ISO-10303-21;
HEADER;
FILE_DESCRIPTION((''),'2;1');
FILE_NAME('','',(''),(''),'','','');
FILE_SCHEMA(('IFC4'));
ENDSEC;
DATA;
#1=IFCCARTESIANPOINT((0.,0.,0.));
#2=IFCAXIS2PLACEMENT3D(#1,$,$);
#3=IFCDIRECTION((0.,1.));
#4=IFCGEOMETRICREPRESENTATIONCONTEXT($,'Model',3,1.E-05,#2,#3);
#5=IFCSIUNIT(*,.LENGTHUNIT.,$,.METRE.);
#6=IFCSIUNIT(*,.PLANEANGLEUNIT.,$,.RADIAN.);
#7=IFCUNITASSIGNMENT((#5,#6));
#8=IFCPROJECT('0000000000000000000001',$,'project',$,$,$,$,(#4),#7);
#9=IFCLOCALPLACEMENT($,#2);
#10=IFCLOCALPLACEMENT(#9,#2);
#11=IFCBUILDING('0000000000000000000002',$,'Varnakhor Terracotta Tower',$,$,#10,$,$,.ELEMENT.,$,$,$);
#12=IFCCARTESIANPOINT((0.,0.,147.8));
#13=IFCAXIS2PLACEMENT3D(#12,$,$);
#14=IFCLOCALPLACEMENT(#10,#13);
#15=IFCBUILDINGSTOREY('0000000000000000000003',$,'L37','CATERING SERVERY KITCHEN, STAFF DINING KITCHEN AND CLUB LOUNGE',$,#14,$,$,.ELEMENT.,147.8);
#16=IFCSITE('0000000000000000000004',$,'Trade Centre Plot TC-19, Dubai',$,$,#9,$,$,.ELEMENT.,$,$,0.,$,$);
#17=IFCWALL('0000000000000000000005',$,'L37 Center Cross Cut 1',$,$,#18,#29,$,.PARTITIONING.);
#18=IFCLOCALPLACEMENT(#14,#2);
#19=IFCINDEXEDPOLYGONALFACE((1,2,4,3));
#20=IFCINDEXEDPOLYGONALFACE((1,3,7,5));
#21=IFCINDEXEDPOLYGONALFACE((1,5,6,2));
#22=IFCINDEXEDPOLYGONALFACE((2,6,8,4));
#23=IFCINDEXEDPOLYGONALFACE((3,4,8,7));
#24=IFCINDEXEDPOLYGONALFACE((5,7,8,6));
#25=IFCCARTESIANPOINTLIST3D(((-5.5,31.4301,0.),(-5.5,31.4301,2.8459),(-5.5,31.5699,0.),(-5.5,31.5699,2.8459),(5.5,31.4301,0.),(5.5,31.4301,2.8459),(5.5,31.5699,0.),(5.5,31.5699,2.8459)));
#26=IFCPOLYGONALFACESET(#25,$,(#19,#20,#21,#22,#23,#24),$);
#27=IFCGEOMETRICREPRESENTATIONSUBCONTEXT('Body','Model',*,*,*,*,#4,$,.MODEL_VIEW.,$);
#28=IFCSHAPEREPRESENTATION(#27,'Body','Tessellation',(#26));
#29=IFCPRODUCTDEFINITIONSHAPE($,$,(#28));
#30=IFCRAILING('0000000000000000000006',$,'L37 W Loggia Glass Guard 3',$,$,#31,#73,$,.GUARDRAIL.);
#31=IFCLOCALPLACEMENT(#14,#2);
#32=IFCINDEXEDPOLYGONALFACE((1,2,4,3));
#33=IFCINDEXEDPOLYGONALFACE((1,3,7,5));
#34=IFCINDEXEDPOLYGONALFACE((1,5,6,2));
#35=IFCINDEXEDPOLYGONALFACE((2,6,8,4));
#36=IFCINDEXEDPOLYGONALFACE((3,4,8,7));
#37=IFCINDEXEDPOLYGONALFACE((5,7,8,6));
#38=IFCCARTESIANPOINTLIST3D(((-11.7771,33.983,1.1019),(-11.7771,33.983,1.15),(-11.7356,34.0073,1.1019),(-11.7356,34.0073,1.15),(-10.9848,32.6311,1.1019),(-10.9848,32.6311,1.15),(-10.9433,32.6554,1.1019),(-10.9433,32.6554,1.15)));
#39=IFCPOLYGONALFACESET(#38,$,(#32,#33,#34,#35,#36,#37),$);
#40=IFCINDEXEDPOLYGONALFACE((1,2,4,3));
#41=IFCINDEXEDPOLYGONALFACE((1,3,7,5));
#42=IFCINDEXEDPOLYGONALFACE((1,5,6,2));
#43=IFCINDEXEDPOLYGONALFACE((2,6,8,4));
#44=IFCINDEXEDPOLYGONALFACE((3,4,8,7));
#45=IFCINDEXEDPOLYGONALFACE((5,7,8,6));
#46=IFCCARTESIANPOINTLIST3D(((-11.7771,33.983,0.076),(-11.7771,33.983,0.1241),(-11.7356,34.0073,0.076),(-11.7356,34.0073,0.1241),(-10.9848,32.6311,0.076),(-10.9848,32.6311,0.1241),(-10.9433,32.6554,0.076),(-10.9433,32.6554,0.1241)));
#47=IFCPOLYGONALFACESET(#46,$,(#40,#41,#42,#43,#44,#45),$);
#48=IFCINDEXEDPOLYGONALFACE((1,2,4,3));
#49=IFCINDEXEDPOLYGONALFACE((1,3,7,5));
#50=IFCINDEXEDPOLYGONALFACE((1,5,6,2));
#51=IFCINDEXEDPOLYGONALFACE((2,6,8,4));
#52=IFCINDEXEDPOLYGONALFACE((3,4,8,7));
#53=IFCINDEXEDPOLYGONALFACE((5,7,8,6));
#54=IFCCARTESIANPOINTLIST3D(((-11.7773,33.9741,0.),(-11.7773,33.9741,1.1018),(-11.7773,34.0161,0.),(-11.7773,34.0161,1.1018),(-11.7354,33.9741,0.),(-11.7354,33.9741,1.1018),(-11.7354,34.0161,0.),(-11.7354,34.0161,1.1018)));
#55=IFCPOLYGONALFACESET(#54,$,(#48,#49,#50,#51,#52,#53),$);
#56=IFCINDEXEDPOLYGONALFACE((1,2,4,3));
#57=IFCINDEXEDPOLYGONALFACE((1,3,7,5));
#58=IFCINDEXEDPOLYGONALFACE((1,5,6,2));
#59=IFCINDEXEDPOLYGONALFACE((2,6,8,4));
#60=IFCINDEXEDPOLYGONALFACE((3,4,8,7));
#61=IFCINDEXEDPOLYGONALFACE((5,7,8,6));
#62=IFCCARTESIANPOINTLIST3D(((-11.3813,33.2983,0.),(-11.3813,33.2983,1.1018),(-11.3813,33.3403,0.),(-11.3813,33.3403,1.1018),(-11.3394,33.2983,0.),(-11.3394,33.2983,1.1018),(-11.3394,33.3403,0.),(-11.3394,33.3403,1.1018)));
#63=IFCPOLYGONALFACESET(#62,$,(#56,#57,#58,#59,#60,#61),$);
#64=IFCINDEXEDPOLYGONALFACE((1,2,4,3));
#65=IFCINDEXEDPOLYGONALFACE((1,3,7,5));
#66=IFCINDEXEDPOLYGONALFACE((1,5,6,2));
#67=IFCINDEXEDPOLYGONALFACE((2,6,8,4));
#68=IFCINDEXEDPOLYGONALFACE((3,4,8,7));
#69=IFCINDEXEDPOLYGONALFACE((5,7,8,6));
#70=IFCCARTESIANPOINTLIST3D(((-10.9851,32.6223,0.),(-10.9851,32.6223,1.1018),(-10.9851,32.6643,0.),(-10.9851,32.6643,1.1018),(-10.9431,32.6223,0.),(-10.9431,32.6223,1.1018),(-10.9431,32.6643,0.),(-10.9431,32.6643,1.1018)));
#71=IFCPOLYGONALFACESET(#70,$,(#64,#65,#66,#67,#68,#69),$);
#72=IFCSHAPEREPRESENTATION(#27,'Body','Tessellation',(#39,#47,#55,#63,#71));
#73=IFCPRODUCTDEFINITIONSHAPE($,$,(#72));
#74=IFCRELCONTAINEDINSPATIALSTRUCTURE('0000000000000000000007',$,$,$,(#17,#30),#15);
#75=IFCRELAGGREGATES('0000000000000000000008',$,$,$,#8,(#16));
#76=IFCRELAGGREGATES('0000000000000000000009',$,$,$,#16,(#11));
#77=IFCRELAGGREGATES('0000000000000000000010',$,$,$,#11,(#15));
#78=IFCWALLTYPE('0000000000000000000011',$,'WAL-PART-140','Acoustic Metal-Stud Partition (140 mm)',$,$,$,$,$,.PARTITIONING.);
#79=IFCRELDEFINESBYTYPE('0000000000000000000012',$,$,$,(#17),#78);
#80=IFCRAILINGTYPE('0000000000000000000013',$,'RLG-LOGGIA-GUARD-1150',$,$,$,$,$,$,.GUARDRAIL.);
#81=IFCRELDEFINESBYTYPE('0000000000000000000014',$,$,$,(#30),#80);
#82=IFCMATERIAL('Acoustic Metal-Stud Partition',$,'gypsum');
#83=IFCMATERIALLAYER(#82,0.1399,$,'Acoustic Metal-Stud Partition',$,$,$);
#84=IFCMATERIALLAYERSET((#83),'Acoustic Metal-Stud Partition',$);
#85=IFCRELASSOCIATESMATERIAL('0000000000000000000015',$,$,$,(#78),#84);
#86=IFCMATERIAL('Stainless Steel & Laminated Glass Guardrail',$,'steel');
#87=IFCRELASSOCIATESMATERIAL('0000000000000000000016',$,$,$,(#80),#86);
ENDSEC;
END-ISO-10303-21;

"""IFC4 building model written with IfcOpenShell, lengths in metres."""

from ifc_helpers import new_model, si_unit, direction, frame, frame_2d, origin, origin_2d, place, context, subcontext, project, spatial, rectangle, extrude, material, layer, layer_set, type_object, element, save


model = new_model("IFC4")

# Units and contexts
model_context = context("Model", 3, precision=1e-05, world=origin(), true_north=direction((0.0, 1.0)))
body_context = subcontext(model_context, "Body", "Model", "MODEL_VIEW")
ifc_project = project(units=[si_unit("LENGTHUNIT", "METRE"), si_unit("PLANEANGLEUNIT", "RADIAN")], contexts=[model_context])

# Site, building, storey
site_placement = place(None, origin())
site = spatial("IfcSite", under=ifc_project, at=site_placement, Name="Trade Centre Plot TC-19, Dubai", CompositionType="ELEMENT", RefElevation=0.0)
building_placement = place(site_placement, origin())
building = spatial("IfcBuilding", under=site, at=building_placement, Name="Varnakhor Terracotta Tower", CompositionType="ELEMENT")
storey_placement = place(building_placement, frame((0.0, 0.0, 147.8)))
storey = spatial("IfcBuildingStorey", under=building, at=storey_placement, Name="L37", Description="CATERING SERVERY KITCHEN, STAFF DINING KITCHEN AND CLUB LOUNGE", CompositionType="ELEMENT", Elevation=147.8)

# Shared definitions
ifc_material_1 = material(Name="Acoustic Metal-Stud Partition", Category="gypsum")
ifc_layer_1 = layer(ifc_material_1, 0.1399, Name="Acoustic Metal-Stud Partition")
ifc_layer_set_1 = layer_set([ifc_layer_1], Name="Acoustic Metal-Stud Partition")
wall_type_1 = type_object("IfcWallType", Name="WAL-PART-140", Description="Acoustic Metal-Stud Partition (140 mm)", PredefinedType="PARTITIONING", material=ifc_layer_set_1)

# Wall
wall_1_placement = place(storey_placement, frame((-5.5, 31.5, 0.0), z_axis=(0.0, 0.0, 1.0), x_axis=(1.0, 0.0, 0.0)))
element("IfcWall", 1, at=wall_1_placement, inside=storey, type_object=wall_type_1, Name="L37 Center Cross Cut 1", PredefinedType="PARTITIONING", context=body_context, shape_type="SweptSolid", body=[
    extrude(rectangle(XDim=11.0, YDim=0.1399, at=frame_2d((5.5, 0.0))), origin(), (0.0, 0.0, 1.0), 2.8459),
])

# Railing
ifc_material_2 = material(Name="Stainless Steel & Laminated Glass Guardrail", Category="steel")
railing_type = type_object("IfcRailingType", Name="RLG-LOGGIA-GUARD-1150", PredefinedType="GUARDRAIL", material=ifc_material_2)
railing_placement = place(storey_placement, frame((-11.7563, 33.9951, 0.0)))
element("IfcRailing", 2, at=railing_placement, inside=storey, type_object=railing_type, Name="L37 W Loggia Glass Guard 3", PredefinedType="GUARDRAIL", context=body_context, shape_type="SweptSolid", body=[
    extrude(rectangle(XDim=0.0481, YDim=0.0481, at=origin_2d()), frame((0.0, 0.0, 1.126), z_axis=(0.505624, -0.862754, 0.0), x_axis=(0.862754, 0.505624, 0.0)), (0.0, 0.0, 1.0), 1.5669),
    extrude(rectangle(XDim=0.0481, YDim=0.0481, at=origin_2d()), frame((0.0, 0.0, 0.1001), z_axis=(0.505624, -0.862754, 0.0), x_axis=(0.862754, 0.505624, 0.0)), (0.0, 0.0, 1.0), 1.5669),
    extrude(rectangle(XDim=0.042, YDim=0.042, at=origin_2d()), origin(), (0.0, 0.0, 1.0), 1.1018),
    extrude(rectangle(XDim=0.042, YDim=0.042, at=origin_2d()), frame((0.396, -0.6758, 0.0)), (0.0, 0.0, 1.0), 1.1018),
    extrude(rectangle(XDim=0.042, YDim=0.042, at=origin_2d()), frame((0.7922, -1.3518, 0.0)), (0.0, 0.0, 1.0), 1.1018),
])

save(model, "model.ifc")
